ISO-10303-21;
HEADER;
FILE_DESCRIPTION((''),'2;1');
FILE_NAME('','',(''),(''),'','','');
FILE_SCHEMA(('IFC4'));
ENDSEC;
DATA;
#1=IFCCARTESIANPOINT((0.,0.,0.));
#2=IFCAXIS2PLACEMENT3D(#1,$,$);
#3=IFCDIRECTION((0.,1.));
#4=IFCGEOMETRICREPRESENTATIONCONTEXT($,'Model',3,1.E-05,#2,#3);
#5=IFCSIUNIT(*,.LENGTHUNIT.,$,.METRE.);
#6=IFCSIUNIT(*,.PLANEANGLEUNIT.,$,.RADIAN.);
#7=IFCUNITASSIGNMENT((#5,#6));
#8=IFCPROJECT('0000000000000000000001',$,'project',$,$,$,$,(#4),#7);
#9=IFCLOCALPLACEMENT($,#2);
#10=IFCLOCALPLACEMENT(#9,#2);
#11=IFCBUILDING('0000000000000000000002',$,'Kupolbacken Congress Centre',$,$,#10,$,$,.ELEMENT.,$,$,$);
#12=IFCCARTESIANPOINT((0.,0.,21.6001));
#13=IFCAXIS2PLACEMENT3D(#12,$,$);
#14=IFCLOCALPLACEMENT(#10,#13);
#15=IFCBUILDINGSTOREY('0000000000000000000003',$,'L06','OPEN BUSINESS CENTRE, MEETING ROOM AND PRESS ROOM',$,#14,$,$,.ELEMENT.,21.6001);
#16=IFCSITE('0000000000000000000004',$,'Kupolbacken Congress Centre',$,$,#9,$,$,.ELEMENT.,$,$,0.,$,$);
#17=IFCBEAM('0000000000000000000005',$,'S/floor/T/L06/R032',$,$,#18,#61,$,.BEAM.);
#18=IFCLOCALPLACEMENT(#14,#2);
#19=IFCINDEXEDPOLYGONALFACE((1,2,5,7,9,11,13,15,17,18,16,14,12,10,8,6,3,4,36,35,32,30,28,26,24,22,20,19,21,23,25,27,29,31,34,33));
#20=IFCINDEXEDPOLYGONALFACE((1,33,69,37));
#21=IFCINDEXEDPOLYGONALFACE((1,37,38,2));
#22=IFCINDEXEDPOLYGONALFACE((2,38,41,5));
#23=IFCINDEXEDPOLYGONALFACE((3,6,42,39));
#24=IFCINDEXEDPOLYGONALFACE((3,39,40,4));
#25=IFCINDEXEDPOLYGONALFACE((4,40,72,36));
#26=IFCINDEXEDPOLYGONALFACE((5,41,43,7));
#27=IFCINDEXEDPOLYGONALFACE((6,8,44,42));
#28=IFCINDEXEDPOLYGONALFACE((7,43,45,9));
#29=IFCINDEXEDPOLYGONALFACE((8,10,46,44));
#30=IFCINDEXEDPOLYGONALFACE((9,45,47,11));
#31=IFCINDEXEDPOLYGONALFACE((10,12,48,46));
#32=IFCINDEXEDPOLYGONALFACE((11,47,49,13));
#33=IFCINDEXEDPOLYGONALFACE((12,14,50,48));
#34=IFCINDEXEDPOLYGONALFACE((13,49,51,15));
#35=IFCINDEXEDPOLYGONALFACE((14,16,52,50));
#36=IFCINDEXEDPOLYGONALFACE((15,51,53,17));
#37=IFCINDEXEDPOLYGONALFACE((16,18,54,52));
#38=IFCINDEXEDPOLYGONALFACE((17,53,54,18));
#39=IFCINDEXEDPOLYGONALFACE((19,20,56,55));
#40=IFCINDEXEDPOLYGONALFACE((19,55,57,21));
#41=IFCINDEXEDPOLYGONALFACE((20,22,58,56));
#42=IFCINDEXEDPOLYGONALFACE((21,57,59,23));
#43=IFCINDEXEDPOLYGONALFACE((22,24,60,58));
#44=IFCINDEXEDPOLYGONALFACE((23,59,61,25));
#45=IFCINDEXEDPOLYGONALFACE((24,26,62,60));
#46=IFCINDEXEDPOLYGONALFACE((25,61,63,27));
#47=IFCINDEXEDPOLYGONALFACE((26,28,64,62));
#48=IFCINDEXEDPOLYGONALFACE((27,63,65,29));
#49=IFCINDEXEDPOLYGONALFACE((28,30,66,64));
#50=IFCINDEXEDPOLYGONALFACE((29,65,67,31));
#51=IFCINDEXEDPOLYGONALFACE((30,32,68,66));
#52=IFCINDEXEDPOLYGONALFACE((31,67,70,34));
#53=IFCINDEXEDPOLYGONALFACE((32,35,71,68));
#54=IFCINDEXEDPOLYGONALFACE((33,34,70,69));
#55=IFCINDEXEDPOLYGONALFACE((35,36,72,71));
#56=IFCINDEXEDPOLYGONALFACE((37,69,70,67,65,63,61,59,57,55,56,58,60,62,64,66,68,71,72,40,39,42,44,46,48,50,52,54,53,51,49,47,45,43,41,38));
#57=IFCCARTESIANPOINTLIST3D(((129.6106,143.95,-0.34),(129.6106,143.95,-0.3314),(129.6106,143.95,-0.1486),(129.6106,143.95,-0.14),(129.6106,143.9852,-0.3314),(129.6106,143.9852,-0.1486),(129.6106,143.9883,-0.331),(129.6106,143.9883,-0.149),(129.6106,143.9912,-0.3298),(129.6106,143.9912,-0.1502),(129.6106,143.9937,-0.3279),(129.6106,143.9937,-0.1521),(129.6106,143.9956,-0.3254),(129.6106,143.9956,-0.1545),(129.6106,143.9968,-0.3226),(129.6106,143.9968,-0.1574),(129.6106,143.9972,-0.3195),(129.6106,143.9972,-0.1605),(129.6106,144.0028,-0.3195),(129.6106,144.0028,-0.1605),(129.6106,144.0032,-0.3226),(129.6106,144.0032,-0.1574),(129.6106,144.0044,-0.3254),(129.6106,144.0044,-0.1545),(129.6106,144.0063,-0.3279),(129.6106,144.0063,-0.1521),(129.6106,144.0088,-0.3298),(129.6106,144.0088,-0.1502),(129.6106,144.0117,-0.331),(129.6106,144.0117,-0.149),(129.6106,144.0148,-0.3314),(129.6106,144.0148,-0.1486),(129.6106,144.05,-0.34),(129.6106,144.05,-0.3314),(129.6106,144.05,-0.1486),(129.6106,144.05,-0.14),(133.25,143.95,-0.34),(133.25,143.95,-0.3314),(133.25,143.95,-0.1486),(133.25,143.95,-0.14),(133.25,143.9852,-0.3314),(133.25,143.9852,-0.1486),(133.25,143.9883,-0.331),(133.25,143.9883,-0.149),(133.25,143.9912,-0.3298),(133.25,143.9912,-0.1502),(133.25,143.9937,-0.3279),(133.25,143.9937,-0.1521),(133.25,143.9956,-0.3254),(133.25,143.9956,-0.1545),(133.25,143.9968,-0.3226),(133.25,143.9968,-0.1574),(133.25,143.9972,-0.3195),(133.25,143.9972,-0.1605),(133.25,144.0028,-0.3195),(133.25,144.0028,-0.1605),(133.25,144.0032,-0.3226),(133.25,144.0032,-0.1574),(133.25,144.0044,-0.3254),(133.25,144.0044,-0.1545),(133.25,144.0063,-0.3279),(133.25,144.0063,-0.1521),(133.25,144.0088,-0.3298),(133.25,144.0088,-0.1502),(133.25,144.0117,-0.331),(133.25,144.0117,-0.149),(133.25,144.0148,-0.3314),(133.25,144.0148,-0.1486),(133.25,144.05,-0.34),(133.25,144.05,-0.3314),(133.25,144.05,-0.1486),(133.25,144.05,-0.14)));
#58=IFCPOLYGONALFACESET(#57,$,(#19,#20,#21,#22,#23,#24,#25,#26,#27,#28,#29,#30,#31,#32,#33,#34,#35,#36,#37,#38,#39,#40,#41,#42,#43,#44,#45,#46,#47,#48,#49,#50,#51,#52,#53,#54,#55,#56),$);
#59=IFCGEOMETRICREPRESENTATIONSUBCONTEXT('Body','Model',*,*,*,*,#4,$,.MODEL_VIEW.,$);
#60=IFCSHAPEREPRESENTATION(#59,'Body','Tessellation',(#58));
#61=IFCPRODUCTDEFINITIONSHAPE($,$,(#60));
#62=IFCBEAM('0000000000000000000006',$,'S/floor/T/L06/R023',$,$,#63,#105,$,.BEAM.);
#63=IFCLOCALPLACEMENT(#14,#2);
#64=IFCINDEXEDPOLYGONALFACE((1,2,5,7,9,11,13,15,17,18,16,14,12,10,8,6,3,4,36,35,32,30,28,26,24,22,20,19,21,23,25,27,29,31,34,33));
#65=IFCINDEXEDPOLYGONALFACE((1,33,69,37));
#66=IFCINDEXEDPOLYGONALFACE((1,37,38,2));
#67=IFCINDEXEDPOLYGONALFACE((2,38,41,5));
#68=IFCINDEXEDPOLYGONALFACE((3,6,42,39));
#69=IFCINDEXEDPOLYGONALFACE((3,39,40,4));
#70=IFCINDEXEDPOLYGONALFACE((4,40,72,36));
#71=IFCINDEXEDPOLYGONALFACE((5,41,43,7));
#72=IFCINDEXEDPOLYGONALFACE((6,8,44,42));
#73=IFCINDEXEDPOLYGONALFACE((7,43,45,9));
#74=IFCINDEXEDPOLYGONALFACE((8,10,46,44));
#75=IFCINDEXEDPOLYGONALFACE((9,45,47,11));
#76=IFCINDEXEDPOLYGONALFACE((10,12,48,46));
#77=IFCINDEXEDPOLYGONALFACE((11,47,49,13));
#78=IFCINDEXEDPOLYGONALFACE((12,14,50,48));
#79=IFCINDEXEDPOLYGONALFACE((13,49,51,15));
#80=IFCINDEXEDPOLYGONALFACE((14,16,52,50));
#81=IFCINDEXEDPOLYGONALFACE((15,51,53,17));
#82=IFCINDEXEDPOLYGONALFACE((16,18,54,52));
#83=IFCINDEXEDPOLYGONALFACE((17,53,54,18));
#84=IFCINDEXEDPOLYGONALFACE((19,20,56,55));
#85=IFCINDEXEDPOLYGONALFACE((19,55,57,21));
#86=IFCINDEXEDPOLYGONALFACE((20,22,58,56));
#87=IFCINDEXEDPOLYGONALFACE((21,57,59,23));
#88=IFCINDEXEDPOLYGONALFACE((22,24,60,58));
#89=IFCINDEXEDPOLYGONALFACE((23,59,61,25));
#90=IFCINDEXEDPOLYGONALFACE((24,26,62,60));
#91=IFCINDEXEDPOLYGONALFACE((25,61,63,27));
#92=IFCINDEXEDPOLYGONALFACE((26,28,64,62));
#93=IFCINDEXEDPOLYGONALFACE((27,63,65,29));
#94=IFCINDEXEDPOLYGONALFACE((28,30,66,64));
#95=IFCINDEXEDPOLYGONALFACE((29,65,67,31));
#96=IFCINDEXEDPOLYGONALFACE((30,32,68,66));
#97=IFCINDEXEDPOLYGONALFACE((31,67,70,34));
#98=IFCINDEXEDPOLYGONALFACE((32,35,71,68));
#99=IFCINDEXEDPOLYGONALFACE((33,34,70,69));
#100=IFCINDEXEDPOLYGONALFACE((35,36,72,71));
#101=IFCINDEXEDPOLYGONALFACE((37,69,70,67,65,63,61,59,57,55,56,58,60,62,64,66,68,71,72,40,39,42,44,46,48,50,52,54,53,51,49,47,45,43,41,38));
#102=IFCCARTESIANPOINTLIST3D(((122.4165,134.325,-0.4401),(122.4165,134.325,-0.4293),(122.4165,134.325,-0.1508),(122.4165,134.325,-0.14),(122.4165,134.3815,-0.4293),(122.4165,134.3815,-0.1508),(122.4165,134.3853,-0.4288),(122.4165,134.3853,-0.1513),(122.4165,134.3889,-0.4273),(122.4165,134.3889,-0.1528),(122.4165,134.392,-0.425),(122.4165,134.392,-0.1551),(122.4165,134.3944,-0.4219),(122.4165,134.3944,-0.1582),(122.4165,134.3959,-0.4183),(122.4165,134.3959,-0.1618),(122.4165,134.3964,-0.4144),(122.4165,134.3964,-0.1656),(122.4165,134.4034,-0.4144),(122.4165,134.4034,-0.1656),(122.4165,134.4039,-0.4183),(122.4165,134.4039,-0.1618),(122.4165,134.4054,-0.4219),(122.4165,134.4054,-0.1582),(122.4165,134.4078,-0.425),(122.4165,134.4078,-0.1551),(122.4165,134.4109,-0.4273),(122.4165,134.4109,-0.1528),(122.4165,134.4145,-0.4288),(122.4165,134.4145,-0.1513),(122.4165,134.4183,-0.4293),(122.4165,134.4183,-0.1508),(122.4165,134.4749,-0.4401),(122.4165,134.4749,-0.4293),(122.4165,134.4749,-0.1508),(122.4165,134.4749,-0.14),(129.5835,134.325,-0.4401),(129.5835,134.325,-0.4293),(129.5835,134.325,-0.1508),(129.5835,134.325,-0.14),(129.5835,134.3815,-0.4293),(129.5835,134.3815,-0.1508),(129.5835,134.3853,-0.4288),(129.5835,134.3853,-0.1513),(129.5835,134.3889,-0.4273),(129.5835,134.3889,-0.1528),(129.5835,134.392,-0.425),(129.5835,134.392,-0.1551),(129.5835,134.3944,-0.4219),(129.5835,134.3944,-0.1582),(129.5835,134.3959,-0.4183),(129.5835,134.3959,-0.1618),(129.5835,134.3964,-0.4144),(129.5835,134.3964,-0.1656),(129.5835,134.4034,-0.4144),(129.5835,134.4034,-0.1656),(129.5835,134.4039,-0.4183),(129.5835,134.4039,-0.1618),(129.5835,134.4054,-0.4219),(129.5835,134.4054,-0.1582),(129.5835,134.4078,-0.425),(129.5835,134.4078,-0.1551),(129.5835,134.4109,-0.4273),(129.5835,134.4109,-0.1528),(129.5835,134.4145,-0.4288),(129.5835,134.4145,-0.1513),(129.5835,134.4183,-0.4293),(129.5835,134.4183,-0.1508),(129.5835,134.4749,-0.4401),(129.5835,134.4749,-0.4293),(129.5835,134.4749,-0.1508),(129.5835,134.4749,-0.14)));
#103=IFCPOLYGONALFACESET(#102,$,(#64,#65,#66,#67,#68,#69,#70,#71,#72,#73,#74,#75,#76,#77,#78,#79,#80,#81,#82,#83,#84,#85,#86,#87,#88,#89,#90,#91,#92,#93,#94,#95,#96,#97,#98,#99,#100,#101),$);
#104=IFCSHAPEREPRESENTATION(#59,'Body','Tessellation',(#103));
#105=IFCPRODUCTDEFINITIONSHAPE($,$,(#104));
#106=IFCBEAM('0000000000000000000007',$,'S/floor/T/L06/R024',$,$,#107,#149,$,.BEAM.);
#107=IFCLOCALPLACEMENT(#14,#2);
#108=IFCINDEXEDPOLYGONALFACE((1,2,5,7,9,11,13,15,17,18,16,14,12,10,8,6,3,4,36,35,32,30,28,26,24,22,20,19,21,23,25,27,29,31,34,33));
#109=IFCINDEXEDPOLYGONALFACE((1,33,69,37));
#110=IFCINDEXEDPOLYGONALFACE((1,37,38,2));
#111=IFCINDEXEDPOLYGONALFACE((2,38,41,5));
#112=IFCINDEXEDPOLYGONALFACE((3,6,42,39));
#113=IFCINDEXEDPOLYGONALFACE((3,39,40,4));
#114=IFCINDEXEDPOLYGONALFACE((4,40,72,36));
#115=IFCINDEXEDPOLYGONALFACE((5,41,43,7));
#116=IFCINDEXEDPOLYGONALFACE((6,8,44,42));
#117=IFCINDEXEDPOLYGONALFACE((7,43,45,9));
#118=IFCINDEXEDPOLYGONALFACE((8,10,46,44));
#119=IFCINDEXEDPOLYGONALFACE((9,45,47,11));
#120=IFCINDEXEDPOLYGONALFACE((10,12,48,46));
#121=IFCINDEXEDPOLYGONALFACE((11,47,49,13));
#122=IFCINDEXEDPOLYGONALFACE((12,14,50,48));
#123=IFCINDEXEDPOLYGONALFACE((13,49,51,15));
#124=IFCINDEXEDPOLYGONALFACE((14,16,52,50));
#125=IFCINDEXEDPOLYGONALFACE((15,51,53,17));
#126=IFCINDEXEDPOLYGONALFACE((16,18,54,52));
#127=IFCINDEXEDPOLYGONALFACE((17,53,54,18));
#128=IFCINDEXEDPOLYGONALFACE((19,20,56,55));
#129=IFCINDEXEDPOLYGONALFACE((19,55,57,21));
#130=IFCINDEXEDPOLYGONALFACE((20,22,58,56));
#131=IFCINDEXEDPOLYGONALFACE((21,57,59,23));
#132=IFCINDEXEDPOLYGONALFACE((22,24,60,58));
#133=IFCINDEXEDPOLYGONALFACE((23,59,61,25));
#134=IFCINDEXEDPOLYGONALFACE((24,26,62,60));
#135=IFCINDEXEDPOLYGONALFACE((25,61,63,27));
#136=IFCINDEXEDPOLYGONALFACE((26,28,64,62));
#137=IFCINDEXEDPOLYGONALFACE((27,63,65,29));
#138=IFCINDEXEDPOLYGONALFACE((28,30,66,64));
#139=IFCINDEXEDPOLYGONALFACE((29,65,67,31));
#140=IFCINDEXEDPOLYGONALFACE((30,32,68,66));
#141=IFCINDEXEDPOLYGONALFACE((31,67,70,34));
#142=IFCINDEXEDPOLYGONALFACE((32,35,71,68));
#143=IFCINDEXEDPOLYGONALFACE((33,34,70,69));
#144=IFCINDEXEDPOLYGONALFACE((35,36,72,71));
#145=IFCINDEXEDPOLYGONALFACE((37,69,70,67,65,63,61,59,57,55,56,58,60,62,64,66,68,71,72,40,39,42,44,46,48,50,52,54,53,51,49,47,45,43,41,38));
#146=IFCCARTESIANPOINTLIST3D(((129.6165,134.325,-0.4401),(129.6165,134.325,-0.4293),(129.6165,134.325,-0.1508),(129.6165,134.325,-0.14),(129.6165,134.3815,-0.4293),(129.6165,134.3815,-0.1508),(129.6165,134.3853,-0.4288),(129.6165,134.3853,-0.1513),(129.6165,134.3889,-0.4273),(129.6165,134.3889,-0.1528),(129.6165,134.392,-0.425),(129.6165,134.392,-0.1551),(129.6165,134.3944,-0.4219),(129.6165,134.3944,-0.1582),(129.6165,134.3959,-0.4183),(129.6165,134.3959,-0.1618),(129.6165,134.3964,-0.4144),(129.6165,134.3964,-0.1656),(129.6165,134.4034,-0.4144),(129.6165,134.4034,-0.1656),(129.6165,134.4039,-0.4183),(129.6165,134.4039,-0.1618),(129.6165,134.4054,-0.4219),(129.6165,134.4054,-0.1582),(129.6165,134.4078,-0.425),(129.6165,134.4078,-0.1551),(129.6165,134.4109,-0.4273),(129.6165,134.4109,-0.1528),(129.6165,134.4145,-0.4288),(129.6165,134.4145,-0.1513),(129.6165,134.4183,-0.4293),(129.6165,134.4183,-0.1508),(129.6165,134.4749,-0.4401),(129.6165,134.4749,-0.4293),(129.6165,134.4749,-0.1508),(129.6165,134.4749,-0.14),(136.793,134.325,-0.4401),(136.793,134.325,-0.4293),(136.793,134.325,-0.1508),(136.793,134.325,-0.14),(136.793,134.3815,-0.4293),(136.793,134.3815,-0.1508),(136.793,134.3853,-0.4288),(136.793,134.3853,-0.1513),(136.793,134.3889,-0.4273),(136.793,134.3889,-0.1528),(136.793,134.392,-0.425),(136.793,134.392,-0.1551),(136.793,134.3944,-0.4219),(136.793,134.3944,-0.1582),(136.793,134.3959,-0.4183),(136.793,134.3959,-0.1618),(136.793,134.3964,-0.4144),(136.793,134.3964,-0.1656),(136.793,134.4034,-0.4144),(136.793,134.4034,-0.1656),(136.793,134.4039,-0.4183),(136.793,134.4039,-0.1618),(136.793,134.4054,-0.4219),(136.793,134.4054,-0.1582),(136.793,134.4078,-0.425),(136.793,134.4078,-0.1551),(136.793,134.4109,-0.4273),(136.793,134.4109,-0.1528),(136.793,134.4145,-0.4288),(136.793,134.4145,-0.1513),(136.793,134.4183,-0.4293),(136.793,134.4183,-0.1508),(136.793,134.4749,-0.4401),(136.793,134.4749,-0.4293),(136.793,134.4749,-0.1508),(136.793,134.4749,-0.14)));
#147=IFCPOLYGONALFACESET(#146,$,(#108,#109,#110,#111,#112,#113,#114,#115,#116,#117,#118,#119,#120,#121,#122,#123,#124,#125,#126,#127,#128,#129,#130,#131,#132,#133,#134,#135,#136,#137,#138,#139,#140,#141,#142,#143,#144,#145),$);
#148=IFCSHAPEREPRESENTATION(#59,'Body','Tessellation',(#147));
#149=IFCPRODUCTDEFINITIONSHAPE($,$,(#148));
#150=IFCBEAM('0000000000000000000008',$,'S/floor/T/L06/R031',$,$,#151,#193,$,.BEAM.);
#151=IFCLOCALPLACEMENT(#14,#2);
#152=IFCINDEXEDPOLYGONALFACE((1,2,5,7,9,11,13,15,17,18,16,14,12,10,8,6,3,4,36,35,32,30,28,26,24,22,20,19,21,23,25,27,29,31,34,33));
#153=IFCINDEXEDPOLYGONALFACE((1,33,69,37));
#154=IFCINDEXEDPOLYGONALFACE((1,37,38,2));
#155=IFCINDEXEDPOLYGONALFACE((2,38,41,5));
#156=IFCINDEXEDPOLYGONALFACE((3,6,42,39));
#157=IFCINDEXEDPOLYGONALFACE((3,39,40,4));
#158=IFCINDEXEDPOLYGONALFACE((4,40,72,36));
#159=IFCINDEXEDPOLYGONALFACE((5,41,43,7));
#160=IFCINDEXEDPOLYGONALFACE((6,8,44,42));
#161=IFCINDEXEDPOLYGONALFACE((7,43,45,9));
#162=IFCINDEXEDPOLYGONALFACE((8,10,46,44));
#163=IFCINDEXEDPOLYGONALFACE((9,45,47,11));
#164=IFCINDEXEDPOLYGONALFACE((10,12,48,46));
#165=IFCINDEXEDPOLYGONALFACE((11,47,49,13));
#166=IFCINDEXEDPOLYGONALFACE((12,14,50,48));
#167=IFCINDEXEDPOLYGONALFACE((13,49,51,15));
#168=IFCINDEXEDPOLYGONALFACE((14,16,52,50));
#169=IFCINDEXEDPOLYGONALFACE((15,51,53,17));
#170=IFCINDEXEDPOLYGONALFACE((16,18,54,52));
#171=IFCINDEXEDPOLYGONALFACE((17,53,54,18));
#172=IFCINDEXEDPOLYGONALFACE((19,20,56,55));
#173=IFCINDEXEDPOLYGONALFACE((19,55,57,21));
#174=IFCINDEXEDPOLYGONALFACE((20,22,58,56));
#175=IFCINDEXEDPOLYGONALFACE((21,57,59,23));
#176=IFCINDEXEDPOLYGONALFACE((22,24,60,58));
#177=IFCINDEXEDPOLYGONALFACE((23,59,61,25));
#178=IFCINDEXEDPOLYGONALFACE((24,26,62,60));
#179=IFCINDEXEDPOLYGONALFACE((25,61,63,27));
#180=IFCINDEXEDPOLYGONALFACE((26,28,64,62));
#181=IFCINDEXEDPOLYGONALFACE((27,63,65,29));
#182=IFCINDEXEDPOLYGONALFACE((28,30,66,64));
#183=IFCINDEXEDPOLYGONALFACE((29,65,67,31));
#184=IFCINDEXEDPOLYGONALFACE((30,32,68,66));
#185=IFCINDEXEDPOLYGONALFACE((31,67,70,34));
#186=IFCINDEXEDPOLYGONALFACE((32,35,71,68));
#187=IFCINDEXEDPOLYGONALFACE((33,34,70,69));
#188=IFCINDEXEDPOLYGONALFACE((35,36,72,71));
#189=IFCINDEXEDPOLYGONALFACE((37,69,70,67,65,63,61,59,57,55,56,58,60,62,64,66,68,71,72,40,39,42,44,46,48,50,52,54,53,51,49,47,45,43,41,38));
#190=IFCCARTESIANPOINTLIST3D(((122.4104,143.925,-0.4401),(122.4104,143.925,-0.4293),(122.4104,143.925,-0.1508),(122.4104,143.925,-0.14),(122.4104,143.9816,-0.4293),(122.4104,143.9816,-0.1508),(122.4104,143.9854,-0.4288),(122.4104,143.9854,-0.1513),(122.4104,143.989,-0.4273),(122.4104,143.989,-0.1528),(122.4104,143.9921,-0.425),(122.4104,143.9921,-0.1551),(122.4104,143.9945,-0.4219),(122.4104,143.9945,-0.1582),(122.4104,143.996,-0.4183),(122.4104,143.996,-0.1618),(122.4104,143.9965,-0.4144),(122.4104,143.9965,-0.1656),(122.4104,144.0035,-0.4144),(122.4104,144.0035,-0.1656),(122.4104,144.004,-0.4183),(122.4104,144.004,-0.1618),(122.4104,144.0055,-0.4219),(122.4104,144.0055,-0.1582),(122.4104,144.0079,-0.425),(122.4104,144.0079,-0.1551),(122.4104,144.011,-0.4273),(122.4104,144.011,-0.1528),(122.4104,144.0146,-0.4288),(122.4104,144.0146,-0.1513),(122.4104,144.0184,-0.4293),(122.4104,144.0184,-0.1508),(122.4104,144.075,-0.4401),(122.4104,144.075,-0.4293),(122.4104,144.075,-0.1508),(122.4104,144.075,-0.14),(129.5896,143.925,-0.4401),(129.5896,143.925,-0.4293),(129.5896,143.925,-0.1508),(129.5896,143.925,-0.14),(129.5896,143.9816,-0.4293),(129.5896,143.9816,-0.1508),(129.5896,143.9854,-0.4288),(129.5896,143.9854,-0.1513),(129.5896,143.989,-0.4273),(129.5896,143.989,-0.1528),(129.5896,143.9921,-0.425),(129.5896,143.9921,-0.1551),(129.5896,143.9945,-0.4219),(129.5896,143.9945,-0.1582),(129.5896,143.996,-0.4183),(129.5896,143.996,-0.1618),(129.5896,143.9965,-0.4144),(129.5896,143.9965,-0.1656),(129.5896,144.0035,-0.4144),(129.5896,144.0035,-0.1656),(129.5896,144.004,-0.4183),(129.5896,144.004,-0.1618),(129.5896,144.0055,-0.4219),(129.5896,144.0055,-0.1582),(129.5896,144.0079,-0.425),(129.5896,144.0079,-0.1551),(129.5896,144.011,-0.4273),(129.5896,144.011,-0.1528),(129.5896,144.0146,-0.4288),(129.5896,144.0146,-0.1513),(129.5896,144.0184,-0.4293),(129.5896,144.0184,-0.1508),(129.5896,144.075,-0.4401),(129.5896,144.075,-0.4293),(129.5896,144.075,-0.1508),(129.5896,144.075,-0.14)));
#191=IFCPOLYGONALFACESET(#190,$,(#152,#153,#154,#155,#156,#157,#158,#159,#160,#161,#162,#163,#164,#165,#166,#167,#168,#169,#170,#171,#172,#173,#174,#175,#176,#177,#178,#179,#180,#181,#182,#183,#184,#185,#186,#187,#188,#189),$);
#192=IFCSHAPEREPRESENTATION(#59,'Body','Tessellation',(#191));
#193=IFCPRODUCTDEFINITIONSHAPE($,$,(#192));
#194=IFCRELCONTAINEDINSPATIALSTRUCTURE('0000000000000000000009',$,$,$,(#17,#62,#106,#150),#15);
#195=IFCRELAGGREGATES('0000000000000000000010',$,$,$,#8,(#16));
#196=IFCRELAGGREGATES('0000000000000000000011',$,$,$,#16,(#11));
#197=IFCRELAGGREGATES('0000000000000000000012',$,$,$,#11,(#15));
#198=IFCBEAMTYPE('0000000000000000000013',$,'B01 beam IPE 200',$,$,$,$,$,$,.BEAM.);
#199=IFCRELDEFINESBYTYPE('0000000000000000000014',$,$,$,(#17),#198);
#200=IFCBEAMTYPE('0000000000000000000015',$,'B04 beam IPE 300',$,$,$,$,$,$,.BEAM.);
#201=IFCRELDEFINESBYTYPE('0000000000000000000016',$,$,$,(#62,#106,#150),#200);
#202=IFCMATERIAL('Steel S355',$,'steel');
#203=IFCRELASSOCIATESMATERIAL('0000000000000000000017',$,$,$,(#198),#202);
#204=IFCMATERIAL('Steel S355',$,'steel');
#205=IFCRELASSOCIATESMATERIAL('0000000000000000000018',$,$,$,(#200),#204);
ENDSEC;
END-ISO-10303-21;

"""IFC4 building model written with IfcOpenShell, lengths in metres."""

from ifc_helpers import new_model, si_unit, direction, frame, origin, origin_2d, place, context, subcontext, project, spatial, i_section, extrude, material, material_profile, profile_set, type_object, element, save


model = new_model("IFC4")

# Units and contexts
model_context = context("Model", 3, precision=1e-05, world=origin(), true_north=direction((0.0, 1.0)))
body_context = subcontext(model_context, "Body", "Model", "MODEL_VIEW")
ifc_project = project(units=[si_unit("LENGTHUNIT", "METRE"), si_unit("PLANEANGLEUNIT", "RADIAN")], contexts=[model_context])

# Site, building, storey
site_placement = place(None, origin())
site = spatial("IfcSite", under=ifc_project, at=site_placement, Name="Kupolbacken Congress Centre", CompositionType="ELEMENT", RefElevation=0.0)
building_placement = place(site_placement, origin())
building = spatial("IfcBuilding", under=site, at=building_placement, Name="Kupolbacken Congress Centre", CompositionType="ELEMENT")
storey_placement = place(building_placement, frame((0.0, 0.0, 21.6001)))
storey = spatial("IfcBuildingStorey", under=building, at=storey_placement, Name="L06", Description="OPEN BUSINESS CENTRE, MEETING ROOM AND PRESS ROOM", CompositionType="ELEMENT", Elevation=21.6001)

# Beams
ifc_material_1 = material(Name="Steel S355", Category="steel")
ifc_material_profile_1 = material_profile(ifc_material_1, i_section(OverallWidth=0.1001, OverallDepth=0.2, WebThickness=0.0056, FlangeThickness=0.0085, FilletRadius=0.012, at=origin_2d()), Name="IPE 200")
ifc_profile_set_1 = profile_set([ifc_material_profile_1], Name="Steel S355")
beam_type_1 = type_object("IfcBeamType", Name="B01 beam IPE 200", PredefinedType="BEAM", material=ifc_profile_set_1)
beam_1_placement = place(storey_placement, frame((129.6106, 144.0, -0.24), z_axis=(1.0, 0.0, 0.0), x_axis=(0.0, 1.0, 0.0)))
element("IfcBeam", 1, at=beam_1_placement, inside=storey, type_object=beam_type_1, Name="S/floor/T/L06/R032", PredefinedType="BEAM", context=body_context, shape_type="SweptSolid", body=[
    extrude(i_section(OverallWidth=0.1001, OverallDepth=0.2, WebThickness=0.0056, FlangeThickness=0.0085, FilletRadius=0.012, at=origin_2d()), origin(), (0.0, 0.0, 1.0), 3.6394),
])
ifc_material_2 = material(Name="Steel S355", Category="steel")
ifc_material_profile_2 = material_profile(ifc_material_2, i_section(OverallWidth=0.1499, OverallDepth=0.3, WebThickness=0.0071, FlangeThickness=0.0107, FilletRadius=0.0149, at=origin_2d()), Name="IPE 300")
ifc_profile_set_2 = profile_set([ifc_material_profile_2], Name="Steel S355")
beam_type_2 = type_object("IfcBeamType", Name="B04 beam IPE 300", PredefinedType="BEAM", material=ifc_profile_set_2)
beam_2_placement = place(storey_placement, frame((122.4165, 134.3999, -0.29), z_axis=(1.0, 0.0, 0.0), x_axis=(0.0, 1.0, 0.0)))
element("IfcBeam", 2, at=beam_2_placement, inside=storey, type_object=beam_type_2, Name="S/floor/T/L06/R023", PredefinedType="BEAM", context=body_context, shape_type="SweptSolid", body=[
    extrude(i_section(OverallWidth=0.1499, OverallDepth=0.3, WebThickness=0.0071, FlangeThickness=0.0107, FilletRadius=0.0149, at=origin_2d()), origin(), (0.0, 0.0, 1.0), 7.167),
])
beam_3_placement = place(storey_placement, frame((129.6165, 134.3999, -0.29), z_axis=(1.0, 0.0, 0.0), x_axis=(0.0, 1.0, 0.0)))
element("IfcBeam", 3, at=beam_3_placement, inside=storey, type_object=beam_type_2, Name="S/floor/T/L06/R024", PredefinedType="BEAM", context=body_context, shape_type="SweptSolid", body=[
    extrude(i_section(OverallWidth=0.1499, OverallDepth=0.3, WebThickness=0.0071, FlangeThickness=0.0107, FilletRadius=0.0149, at=origin_2d()), origin(), (0.0, 0.0, 1.0), 7.1765),
])
beam_4_placement = place(storey_placement, frame((122.4104, 144.0, -0.29), z_axis=(1.0, 0.0, 0.0), x_axis=(0.0, 1.0, 0.0)))
element("IfcBeam", 4, at=beam_4_placement, inside=storey, type_object=beam_type_2, Name="S/floor/T/L06/R031", PredefinedType="BEAM", context=body_context, shape_type="SweptSolid", body=[
    extrude(i_section(OverallWidth=0.1499, OverallDepth=0.3, WebThickness=0.0071, FlangeThickness=0.0107, FilletRadius=0.0149, at=origin_2d()), origin(), (0.0, 0.0, 1.0), 7.1792),
])

save(model, "model.ifc")
